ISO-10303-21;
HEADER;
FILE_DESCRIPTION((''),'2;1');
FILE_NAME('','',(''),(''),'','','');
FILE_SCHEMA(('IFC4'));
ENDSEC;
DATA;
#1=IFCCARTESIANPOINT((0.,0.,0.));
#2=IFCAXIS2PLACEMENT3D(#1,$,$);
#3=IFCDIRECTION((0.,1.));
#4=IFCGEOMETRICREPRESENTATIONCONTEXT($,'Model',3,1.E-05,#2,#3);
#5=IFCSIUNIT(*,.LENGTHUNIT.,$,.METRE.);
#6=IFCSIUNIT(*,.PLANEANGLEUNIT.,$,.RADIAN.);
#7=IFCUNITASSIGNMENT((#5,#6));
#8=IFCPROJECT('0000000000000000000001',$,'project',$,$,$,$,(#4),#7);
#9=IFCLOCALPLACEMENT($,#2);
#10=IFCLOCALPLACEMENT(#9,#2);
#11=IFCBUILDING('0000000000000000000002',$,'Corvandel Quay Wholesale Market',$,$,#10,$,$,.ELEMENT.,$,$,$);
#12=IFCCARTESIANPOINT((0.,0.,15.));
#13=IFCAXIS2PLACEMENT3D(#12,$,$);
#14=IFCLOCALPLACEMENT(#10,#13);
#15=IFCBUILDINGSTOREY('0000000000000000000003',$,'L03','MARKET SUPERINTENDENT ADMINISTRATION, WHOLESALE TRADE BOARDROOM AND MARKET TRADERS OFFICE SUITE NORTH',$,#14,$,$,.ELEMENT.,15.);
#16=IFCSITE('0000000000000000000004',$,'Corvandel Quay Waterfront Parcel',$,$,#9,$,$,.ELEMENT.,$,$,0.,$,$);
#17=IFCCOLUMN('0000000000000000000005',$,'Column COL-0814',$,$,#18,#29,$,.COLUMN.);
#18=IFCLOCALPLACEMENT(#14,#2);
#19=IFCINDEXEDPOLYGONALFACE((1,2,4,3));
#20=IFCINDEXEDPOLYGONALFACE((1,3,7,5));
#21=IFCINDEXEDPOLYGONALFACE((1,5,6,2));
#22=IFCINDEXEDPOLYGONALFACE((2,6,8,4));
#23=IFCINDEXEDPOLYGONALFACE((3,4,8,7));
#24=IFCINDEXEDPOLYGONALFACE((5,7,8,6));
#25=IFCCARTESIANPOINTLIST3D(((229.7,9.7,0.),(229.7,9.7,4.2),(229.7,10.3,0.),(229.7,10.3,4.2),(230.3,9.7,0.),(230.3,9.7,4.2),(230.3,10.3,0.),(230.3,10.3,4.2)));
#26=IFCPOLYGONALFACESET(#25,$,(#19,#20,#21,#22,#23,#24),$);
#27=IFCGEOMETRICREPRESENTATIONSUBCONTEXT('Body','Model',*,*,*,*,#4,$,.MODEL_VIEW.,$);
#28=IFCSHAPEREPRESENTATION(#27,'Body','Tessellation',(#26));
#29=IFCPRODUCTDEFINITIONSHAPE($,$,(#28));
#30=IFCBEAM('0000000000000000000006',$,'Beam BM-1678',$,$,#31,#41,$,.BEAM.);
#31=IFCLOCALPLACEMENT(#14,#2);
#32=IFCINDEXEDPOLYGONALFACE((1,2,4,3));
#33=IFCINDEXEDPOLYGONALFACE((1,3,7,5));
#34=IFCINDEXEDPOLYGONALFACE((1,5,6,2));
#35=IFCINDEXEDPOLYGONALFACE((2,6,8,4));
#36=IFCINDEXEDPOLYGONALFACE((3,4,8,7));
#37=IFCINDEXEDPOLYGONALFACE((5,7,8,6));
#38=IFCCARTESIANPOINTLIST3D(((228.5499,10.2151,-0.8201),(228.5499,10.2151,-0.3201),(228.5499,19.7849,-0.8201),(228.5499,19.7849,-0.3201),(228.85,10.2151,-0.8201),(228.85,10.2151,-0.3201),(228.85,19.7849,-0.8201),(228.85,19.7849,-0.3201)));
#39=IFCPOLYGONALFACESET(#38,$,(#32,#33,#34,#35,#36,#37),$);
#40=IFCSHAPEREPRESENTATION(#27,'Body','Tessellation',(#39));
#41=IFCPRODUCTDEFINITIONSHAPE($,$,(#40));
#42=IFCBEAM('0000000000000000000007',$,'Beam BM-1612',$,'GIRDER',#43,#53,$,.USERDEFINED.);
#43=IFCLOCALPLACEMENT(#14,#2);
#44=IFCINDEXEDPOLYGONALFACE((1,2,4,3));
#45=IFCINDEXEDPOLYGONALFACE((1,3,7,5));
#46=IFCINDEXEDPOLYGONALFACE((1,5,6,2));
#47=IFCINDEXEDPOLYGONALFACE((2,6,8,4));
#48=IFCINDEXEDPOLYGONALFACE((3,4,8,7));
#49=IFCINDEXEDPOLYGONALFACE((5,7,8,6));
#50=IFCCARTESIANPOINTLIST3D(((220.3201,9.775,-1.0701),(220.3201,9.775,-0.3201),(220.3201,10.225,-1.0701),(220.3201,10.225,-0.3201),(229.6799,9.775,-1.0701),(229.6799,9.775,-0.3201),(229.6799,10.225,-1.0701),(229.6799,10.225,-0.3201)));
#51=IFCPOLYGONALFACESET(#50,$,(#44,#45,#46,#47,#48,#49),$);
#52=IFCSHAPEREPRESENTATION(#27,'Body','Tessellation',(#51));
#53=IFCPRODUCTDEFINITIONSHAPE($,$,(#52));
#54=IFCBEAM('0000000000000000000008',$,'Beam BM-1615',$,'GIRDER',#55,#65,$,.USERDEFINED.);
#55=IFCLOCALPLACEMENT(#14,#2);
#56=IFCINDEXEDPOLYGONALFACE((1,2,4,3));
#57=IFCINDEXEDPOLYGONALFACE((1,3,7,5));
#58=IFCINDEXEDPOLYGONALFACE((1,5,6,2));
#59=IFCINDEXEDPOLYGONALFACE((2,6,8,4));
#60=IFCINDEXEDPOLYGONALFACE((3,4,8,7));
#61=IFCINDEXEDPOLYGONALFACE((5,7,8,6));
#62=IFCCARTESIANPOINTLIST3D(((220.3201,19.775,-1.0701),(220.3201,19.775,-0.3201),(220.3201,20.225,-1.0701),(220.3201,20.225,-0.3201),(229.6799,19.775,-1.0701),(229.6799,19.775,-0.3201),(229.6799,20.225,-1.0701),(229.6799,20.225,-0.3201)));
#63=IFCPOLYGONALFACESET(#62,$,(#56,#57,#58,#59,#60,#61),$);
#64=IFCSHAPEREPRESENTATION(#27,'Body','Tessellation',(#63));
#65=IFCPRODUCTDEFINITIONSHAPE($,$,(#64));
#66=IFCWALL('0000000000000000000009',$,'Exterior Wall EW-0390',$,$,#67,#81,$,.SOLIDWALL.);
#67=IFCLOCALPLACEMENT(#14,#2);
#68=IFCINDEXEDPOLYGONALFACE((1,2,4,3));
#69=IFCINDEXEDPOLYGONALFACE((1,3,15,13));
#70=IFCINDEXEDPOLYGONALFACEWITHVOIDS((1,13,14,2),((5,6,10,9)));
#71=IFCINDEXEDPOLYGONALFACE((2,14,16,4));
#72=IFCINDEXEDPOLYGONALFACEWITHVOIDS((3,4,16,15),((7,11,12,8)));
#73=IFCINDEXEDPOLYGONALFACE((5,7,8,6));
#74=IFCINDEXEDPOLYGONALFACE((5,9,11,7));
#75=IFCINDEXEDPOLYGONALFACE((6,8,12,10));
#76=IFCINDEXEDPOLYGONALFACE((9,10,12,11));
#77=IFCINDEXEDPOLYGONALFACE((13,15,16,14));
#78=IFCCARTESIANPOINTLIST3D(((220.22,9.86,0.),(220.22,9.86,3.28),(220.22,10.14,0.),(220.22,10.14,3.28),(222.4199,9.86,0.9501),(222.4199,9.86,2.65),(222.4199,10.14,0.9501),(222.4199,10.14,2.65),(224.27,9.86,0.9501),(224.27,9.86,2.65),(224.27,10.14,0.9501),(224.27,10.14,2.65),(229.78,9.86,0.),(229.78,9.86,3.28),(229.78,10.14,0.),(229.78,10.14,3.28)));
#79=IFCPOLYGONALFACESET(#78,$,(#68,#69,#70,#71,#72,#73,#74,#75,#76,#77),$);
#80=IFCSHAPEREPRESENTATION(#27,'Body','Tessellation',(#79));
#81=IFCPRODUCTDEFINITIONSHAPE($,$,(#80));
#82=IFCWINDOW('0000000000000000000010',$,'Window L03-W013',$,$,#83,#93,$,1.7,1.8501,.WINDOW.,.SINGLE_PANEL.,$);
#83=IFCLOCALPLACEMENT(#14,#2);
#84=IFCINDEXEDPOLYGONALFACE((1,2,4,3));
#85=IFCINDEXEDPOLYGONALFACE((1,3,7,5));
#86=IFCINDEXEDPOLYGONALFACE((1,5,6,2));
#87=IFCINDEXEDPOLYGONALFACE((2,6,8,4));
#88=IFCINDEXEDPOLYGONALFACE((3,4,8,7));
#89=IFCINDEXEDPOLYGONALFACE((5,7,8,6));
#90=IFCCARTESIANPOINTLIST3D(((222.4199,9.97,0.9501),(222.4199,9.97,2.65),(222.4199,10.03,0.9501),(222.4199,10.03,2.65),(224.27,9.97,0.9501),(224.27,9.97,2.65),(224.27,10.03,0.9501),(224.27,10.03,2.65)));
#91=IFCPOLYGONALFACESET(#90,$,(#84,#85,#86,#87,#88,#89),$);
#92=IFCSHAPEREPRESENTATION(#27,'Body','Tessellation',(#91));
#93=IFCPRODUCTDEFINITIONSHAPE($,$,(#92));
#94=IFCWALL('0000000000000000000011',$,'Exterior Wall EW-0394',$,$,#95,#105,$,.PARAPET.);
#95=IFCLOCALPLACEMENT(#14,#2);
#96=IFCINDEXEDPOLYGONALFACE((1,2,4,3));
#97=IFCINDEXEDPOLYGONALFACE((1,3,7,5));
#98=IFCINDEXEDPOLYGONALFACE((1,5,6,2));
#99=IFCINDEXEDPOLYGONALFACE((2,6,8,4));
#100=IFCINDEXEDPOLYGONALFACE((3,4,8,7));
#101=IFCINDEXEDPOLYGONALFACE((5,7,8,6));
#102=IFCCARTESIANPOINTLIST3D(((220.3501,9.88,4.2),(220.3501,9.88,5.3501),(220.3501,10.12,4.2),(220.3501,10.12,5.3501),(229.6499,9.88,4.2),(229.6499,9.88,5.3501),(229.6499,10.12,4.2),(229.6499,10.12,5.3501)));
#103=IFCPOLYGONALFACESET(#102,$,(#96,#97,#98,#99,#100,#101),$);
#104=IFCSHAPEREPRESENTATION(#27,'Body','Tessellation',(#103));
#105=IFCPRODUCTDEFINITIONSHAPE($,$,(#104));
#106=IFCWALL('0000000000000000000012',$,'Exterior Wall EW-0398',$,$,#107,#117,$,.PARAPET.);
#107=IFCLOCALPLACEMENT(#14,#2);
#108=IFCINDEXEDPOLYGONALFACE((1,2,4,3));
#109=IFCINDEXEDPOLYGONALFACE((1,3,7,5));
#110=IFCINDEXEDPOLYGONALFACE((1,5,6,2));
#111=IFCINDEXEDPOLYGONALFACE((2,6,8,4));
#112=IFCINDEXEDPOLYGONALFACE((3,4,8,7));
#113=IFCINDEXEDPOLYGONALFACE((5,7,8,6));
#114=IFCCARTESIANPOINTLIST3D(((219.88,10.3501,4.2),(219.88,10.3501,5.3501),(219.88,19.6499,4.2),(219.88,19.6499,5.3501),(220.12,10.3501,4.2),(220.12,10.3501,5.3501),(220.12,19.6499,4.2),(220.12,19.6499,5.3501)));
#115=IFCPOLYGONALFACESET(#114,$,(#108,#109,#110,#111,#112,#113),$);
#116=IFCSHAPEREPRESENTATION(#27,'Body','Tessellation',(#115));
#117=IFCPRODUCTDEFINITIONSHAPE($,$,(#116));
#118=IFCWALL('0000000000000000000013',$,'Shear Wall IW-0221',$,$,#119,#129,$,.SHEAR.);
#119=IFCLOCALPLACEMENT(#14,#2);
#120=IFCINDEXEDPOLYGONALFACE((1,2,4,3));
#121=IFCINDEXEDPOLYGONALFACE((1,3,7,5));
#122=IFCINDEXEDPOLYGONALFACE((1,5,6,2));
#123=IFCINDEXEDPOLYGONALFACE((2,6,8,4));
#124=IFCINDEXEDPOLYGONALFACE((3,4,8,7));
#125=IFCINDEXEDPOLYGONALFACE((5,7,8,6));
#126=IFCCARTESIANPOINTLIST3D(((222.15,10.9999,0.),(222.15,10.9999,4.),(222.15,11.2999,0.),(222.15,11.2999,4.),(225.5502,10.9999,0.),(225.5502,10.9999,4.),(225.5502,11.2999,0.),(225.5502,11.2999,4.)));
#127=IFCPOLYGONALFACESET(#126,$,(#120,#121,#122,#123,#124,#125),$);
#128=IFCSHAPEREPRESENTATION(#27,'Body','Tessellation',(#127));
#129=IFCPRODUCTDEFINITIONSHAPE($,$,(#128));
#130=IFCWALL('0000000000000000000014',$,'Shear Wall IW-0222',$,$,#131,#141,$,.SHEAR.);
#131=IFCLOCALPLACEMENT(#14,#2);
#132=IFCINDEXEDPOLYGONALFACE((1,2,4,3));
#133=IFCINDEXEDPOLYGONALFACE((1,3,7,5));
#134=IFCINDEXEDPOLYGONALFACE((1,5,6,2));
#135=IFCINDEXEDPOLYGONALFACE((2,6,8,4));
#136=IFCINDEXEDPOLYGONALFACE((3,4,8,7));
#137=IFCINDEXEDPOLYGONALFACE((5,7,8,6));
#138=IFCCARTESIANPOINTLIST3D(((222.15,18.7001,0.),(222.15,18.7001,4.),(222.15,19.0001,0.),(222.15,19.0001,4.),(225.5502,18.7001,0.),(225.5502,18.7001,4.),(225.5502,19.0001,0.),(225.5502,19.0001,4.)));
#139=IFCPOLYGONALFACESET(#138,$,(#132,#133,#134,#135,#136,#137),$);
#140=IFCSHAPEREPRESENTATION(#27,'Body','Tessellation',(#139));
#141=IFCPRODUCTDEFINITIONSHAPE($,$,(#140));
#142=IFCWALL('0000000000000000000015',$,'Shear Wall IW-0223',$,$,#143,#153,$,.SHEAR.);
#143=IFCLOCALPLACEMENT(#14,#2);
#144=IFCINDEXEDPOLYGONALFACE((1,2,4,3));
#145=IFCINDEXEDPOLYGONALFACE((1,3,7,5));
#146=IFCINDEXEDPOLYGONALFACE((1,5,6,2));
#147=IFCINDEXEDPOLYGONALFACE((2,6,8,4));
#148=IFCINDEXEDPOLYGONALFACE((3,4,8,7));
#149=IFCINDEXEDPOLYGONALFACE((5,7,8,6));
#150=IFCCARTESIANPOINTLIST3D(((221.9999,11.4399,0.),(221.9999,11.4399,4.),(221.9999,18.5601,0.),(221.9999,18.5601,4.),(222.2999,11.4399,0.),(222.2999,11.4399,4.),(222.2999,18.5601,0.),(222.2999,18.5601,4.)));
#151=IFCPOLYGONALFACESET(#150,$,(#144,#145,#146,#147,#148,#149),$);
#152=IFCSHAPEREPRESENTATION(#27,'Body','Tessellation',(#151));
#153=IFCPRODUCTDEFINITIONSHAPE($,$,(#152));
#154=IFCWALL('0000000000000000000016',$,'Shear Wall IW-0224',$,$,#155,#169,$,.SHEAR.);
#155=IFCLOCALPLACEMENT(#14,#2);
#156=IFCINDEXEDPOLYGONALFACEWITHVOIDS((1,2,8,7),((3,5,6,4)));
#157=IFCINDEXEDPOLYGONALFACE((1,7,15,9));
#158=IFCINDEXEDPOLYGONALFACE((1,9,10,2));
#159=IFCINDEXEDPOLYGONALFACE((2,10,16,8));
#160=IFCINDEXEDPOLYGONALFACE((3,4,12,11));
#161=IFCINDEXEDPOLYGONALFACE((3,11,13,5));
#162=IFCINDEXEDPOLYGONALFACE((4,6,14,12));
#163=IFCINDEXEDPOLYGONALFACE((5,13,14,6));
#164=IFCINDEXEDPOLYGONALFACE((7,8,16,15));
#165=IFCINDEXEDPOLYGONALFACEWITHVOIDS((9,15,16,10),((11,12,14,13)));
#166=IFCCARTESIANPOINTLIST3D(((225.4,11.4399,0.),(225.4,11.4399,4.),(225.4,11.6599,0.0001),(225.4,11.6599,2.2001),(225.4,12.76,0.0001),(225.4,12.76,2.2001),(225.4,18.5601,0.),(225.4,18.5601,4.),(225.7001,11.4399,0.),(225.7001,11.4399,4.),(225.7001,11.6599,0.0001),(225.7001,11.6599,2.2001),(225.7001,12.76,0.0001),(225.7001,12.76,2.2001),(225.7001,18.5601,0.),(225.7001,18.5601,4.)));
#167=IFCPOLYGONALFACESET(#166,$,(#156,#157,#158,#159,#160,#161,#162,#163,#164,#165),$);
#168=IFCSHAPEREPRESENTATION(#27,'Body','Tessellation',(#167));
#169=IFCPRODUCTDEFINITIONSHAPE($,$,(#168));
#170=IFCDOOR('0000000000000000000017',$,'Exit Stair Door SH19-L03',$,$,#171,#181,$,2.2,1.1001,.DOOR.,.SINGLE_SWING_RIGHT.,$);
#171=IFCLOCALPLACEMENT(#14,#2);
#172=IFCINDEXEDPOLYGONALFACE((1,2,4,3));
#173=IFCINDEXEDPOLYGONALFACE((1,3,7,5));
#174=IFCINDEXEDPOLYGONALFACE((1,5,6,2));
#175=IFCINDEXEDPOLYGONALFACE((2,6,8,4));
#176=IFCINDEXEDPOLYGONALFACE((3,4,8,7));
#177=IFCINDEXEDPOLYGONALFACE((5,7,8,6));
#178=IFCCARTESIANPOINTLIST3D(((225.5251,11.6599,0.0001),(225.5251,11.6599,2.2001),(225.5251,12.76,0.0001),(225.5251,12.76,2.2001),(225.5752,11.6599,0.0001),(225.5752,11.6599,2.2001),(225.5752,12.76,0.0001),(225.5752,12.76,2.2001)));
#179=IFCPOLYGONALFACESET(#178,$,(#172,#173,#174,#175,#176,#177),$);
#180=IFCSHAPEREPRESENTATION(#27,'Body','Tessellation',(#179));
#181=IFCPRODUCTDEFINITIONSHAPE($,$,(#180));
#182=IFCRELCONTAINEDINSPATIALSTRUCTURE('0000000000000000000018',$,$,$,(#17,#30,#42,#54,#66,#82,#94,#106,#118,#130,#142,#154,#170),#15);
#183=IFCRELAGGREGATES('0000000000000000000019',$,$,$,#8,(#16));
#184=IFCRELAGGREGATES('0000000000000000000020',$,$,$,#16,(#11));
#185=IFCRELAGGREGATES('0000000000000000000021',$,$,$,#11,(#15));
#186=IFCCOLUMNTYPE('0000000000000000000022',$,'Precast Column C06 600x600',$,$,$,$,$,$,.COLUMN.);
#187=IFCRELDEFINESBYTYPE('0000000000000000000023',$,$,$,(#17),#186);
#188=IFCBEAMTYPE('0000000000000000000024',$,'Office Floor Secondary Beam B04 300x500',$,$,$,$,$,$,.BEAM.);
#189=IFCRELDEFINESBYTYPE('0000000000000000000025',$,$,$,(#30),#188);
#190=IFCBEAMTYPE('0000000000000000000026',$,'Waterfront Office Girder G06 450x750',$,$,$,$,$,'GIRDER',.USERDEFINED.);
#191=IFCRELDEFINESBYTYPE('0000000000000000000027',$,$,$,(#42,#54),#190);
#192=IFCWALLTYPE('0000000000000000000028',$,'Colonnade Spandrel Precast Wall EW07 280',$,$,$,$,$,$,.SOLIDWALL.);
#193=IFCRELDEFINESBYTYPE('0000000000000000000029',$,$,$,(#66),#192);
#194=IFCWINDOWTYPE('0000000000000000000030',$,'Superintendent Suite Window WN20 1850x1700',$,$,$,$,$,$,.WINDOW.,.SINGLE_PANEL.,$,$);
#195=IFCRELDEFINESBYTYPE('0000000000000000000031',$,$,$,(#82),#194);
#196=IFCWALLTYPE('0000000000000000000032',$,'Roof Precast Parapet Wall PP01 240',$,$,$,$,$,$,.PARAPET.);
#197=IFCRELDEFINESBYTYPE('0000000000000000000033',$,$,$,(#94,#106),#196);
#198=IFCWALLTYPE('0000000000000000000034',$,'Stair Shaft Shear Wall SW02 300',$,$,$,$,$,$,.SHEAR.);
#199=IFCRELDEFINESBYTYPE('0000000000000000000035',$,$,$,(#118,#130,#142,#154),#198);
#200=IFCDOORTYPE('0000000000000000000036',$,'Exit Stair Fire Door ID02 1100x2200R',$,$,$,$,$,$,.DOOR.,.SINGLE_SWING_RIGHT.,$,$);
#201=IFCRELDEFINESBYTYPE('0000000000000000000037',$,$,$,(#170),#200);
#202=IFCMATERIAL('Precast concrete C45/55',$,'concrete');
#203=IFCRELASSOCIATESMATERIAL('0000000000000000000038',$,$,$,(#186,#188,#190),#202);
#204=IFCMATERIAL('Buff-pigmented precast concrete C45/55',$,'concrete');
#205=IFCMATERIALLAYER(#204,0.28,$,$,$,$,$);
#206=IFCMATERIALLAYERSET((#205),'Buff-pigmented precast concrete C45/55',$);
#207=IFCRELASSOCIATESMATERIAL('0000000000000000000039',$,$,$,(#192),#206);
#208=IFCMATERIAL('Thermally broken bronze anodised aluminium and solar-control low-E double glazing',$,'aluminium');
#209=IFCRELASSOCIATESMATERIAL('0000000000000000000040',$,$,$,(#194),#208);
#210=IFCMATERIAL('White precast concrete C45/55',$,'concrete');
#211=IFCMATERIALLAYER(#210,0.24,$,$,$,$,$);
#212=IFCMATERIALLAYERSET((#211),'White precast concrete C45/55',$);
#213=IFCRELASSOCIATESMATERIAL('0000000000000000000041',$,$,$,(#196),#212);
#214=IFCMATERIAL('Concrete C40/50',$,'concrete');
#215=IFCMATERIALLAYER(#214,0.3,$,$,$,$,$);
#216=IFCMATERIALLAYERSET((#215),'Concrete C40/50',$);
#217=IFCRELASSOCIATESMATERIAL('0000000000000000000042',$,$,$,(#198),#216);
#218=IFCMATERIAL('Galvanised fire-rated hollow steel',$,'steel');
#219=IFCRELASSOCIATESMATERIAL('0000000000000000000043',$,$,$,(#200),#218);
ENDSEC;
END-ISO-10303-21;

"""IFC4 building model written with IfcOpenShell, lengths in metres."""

from ifc_helpers import new_model, si_unit, direction, frame, frame_2d, origin, origin_2d, place, context, subcontext, project, spatial, rectangle, extrude, material, layer, layer_set, material_profile, profile_set, type_object, element, fill, save


model = new_model("IFC4")

# Units and contexts
model_context = context("Model", 3, precision=1e-05, world=origin(), true_north=direction((0.0, 1.0)))
body_context = subcontext(model_context, "Body", "Model", "MODEL_VIEW")
ifc_project = project(units=[si_unit("LENGTHUNIT", "METRE"), si_unit("PLANEANGLEUNIT", "RADIAN")], contexts=[model_context])

# Site, building, storey
site_placement = place(None, origin())
site = spatial("IfcSite", under=ifc_project, at=site_placement, Name="Corvandel Quay Waterfront Parcel", CompositionType="ELEMENT", RefElevation=0.0)
building_placement = place(site_placement, origin())
building = spatial("IfcBuilding", under=site, at=building_placement, Name="Corvandel Quay Wholesale Market", CompositionType="ELEMENT")
storey_placement = place(building_placement, frame((0.0, 0.0, 15.0)))
storey = spatial("IfcBuildingStorey", under=building, at=storey_placement, Name="L03", Description="MARKET SUPERINTENDENT ADMINISTRATION, WHOLESALE TRADE BOARDROOM AND MARKET TRADERS OFFICE SUITE NORTH", CompositionType="ELEMENT", Elevation=15.0)

# Column
ifc_material_1 = material(Name="Precast concrete C45/55", Category="concrete")
ifc_material_profile_1 = material_profile(ifc_material_1, rectangle(XDim=0.6001, YDim=0.6001, at=origin_2d()), Name="PC-COL-600x600")
ifc_profile_set_1 = profile_set([ifc_material_profile_1], Name="Precast concrete C45/55")
column_type = type_object("IfcColumnType", Name="Precast Column C06 600x600", PredefinedType="COLUMN", material=ifc_profile_set_1)
column_placement = place(storey_placement, frame((230.0, 10.0, 0.0), z_axis=(0.0, 0.0, 1.0), x_axis=(1.0, 0.0, 0.0)))
element("IfcColumn", 1, at=column_placement, inside=storey, type_object=column_type, Name="Column COL-0814", PredefinedType="COLUMN", context=body_context, shape_type="SweptSolid", body=[
    extrude(rectangle(XDim=0.6001, YDim=0.6001, at=origin_2d()), origin(), (0.0, 0.0, 1.0), 4.2),
])

# Beams
ifc_material_profile_2 = material_profile(ifc_material_1, rectangle(XDim=0.3, YDim=0.5, at=origin_2d()), Name="PC-BM-300x500")
ifc_profile_set_2 = profile_set([ifc_material_profile_2], Name="Precast concrete C45/55")
beam_type_1 = type_object("IfcBeamType", Name="Office Floor Secondary Beam B04 300x500", PredefinedType="BEAM", material=ifc_profile_set_2)
beam_placement = place(storey_placement, frame((228.7, 10.2151, -0.5701), z_axis=(0.0, 1.0, 0.0), x_axis=(-1.0, 0.0, 0.0)))
element("IfcBeam", 2, at=beam_placement, inside=storey, type_object=beam_type_1, Name="Beam BM-1678", PredefinedType="BEAM", context=body_context, shape_type="SweptSolid", body=[
    extrude(rectangle(XDim=0.3, YDim=0.5, at=origin_2d()), origin(), (0.0, 0.0, 1.0), 9.5698),
])
ifc_material_profile_3 = material_profile(ifc_material_1, rectangle(XDim=0.45, YDim=0.75, at=origin_2d()), Name="PC-GIR-450x750")
ifc_profile_set_3 = profile_set([ifc_material_profile_3], Name="Precast concrete C45/55")
beam_type_2 = type_object("IfcBeamType", Name="Waterfront Office Girder G06 450x750", ElementType="GIRDER", PredefinedType="USERDEFINED", material=ifc_profile_set_3)
for number, where, z_axis, x_axis, name in (
    (3, (220.3201, 10.0, -0.6951), (1.0, 0.0, 0.0), (0.0, 1.0, 0.0), "Beam BM-1612"),
    (4, (220.3201, 20.0, -0.6951), (1.0, 0.0, 0.0), (0.0, 1.0, 0.0), "Beam BM-1615"),
):
    element("IfcBeam", number, at=place(storey_placement, frame(where, z_axis=z_axis, x_axis=x_axis)), inside=storey, type_object=beam_type_2, Name=name, ObjectType="GIRDER", PredefinedType="USERDEFINED", context=body_context, shape_type="SweptSolid", body=[
        extrude(rectangle(XDim=0.45, YDim=0.75, at=origin_2d()), origin(), (0.0, 0.0, 1.0), 9.3599),
    ])

# Wall, opening, window
ifc_material_2 = material(Name="Buff-pigmented precast concrete C45/55", Category="concrete")
ifc_layer_1 = layer(ifc_material_2, 0.28)
ifc_layer_set_1 = layer_set([ifc_layer_1], Name="Buff-pigmented precast concrete C45/55")
wall_type_1 = type_object("IfcWallType", Name="Colonnade Spandrel Precast Wall EW07 280", PredefinedType="SOLIDWALL", material=ifc_layer_set_1)
wall_1_placement = place(storey_placement, frame((220.22, 10.0, 0.0), z_axis=(0.0, 0.0, 1.0), x_axis=(1.0, 0.0, 0.0)))
wall_1 = element("IfcWall", 5, at=wall_1_placement, inside=storey, type_object=wall_type_1, Name="Exterior Wall EW-0390", PredefinedType="SOLIDWALL", context=body_context, shape_type="SweptSolid", body=[
    extrude(rectangle(XDim=9.5601, YDim=0.28, at=frame_2d((4.78, 0.0))), origin(), (0.0, 0.0, 1.0), 3.28),
])
opening_1_placement = place(wall_1_placement, frame((2.2, 0.0, 0.95)))
opening_1 = element("IfcOpeningElement", 6, at=opening_1_placement, cuts=wall_1, PredefinedType="OPENING", context=body_context, shape_type="SweptSolid", body=[
    extrude(rectangle(XDim=1.8501, YDim=1.7, at=frame_2d((0.925, 0.8501))), frame((0.0, 0.1499, 0.0), z_axis=(0.0, -1.0, 0.0), x_axis=(1.0, 0.0, 0.0)), (0.0, 0.0, 1.0), 0.3),
])
ifc_material_3 = material(Name="Thermally broken bronze anodised aluminium and solar-control low-E double glazing", Category="aluminium")
window_type = type_object("IfcWindowType", Name="Superintendent Suite Window WN20 1850x1700", PartitioningType="SINGLE_PANEL", PredefinedType="WINDOW", material=ifc_material_3)
window_placement = place(opening_1_placement, origin())
window = element("IfcWindow", 7, at=window_placement, inside=storey, type_object=window_type, Name="Window L03-W013", OverallHeight=1.7, OverallWidth=1.8501, PartitioningType="SINGLE_PANEL", PredefinedType="WINDOW", context=body_context, shape_type="SweptSolid", body=[
    extrude(rectangle(XDim=1.8501, YDim=1.7, at=frame_2d((0.925, 0.8501))), frame((0.0, 0.03, 0.0), z_axis=(0.0, -1.0, 0.0), x_axis=(1.0, 0.0, 0.0)), (0.0, 0.0, 1.0), 0.0601),
])
fill(opening_1, window)

# Walls
ifc_material_4 = material(Name="White precast concrete C45/55", Category="concrete")
ifc_layer_2 = layer(ifc_material_4, 0.24)
ifc_layer_set_2 = layer_set([ifc_layer_2], Name="White precast concrete C45/55")
wall_type_2 = type_object("IfcWallType", Name="Roof Precast Parapet Wall PP01 240", PredefinedType="PARAPET", material=ifc_layer_set_2)
for number, where, z_axis, x_axis, name in (
    (8, (220.3501, 10.0, 4.2), (0.0, 0.0, 1.0), (1.0, 0.0, 0.0), "Exterior Wall EW-0394"),
    (9, (220.0, 10.3501, 4.2), (0.0, 0.0, 1.0), (0.0, 1.0, 0.0), "Exterior Wall EW-0398"),
):
    element("IfcWall", number, at=place(storey_placement, frame(where, z_axis=z_axis, x_axis=x_axis)), inside=storey, type_object=wall_type_2, Name=name, PredefinedType="PARAPET", context=body_context, shape_type="SweptSolid", body=[
        extrude(rectangle(XDim=9.2998, YDim=0.24, at=frame_2d((4.6499, 0.0))), origin(), (0.0, 0.0, 1.0), 1.1501),
    ])
ifc_material_5 = material(Name="Concrete C40/50", Category="concrete")
ifc_layer_3 = layer(ifc_material_5, 0.3)
ifc_layer_set_3 = layer_set([ifc_layer_3], Name="Concrete C40/50")
wall_type_3 = type_object("IfcWallType", Name="Stair Shaft Shear Wall SW02 300", PredefinedType="SHEAR", material=ifc_layer_set_3)
for number, where, z_axis, x_axis, name in (
    (10, (222.1499, 11.1499, 0.0), (0.0, 0.0, 1.0), (1.0, 0.0, 0.0), "Shear Wall IW-0221"),
    (11, (222.1499, 18.8501, 0.0), (0.0, 0.0, 1.0), (1.0, 0.0, 0.0), "Shear Wall IW-0222"),
):
    element("IfcWall", number, at=place(storey_placement, frame(where, z_axis=z_axis, x_axis=x_axis)), inside=storey, type_object=wall_type_3, Name=name, PredefinedType="SHEAR", context=body_context, shape_type="SweptSolid", body=[
        extrude(rectangle(XDim=3.4001, YDim=0.3, at=frame_2d((1.7002, 0.0))), origin(), (0.0, 0.0, 1.0), 4.0),
    ])
wall_2_placement = place(storey_placement, frame((222.1499, 11.4399, 0.0), z_axis=(0.0, 0.0, 1.0), x_axis=(0.0, 1.0, 0.0)))
element("IfcWall", 12, at=wall_2_placement, inside=storey, type_object=wall_type_3, Name="Shear Wall IW-0223", PredefinedType="SHEAR", context=body_context, shape_type="SweptSolid", body=[
    extrude(rectangle(XDim=7.1201, YDim=0.3, at=frame_2d((3.5601, 0.0))), origin(), (0.0, 0.0, 1.0), 4.0),
])

# Wall, opening, door
wall_3_placement = place(storey_placement, frame((225.55, 11.4399, 0.0), z_axis=(0.0, 0.0, 1.0), x_axis=(0.0, 1.0, 0.0)))
wall_3 = element("IfcWall", 13, at=wall_3_placement, inside=storey, type_object=wall_type_3, Name="Shear Wall IW-0224", PredefinedType="SHEAR", context=body_context, shape_type="SweptSolid", body=[
    extrude(rectangle(XDim=7.1201, YDim=0.3, at=frame_2d((3.5601, 0.0))), origin(), (0.0, 0.0, 1.0), 4.0),
])
opening_2_placement = place(wall_3_placement, frame((0.22, 0.0, 0.0)))
opening_2 = element("IfcOpeningElement", 14, at=opening_2_placement, cuts=wall_3, PredefinedType="OPENING", context=body_context, shape_type="SweptSolid", body=[
    extrude(rectangle(XDim=1.1001, YDim=2.2, at=frame_2d((0.55, 1.1001))), frame((0.0, 0.1599, 0.0), z_axis=(0.0, -1.0, 0.0), x_axis=(1.0, 0.0, 0.0)), (0.0, 0.0, 1.0), 0.3201),
])
ifc_material_6 = material(Name="Galvanised fire-rated hollow steel", Category="steel")
door_type = type_object("IfcDoorType", Name="Exit Stair Fire Door ID02 1100x2200R", OperationType="SINGLE_SWING_RIGHT", PredefinedType="DOOR", material=ifc_material_6)
door_placement = place(opening_2_placement, origin())
door = element("IfcDoor", 15, at=door_placement, inside=storey, type_object=door_type, Name="Exit Stair Door SH19-L03", OperationType="SINGLE_SWING_RIGHT", OverallHeight=2.2, OverallWidth=1.1001, PredefinedType="DOOR", context=body_context, shape_type="SweptSolid", body=[
    extrude(rectangle(XDim=1.1001, YDim=2.2, at=frame_2d((0.55, 1.1001))), frame((0.0, 0.0249, 0.0), z_axis=(0.0, -1.0, 0.0), x_axis=(1.0, 0.0, 0.0)), (0.0, 0.0, 1.0), 0.05),
])
fill(opening_2, door)

save(model, "model.ifc")
